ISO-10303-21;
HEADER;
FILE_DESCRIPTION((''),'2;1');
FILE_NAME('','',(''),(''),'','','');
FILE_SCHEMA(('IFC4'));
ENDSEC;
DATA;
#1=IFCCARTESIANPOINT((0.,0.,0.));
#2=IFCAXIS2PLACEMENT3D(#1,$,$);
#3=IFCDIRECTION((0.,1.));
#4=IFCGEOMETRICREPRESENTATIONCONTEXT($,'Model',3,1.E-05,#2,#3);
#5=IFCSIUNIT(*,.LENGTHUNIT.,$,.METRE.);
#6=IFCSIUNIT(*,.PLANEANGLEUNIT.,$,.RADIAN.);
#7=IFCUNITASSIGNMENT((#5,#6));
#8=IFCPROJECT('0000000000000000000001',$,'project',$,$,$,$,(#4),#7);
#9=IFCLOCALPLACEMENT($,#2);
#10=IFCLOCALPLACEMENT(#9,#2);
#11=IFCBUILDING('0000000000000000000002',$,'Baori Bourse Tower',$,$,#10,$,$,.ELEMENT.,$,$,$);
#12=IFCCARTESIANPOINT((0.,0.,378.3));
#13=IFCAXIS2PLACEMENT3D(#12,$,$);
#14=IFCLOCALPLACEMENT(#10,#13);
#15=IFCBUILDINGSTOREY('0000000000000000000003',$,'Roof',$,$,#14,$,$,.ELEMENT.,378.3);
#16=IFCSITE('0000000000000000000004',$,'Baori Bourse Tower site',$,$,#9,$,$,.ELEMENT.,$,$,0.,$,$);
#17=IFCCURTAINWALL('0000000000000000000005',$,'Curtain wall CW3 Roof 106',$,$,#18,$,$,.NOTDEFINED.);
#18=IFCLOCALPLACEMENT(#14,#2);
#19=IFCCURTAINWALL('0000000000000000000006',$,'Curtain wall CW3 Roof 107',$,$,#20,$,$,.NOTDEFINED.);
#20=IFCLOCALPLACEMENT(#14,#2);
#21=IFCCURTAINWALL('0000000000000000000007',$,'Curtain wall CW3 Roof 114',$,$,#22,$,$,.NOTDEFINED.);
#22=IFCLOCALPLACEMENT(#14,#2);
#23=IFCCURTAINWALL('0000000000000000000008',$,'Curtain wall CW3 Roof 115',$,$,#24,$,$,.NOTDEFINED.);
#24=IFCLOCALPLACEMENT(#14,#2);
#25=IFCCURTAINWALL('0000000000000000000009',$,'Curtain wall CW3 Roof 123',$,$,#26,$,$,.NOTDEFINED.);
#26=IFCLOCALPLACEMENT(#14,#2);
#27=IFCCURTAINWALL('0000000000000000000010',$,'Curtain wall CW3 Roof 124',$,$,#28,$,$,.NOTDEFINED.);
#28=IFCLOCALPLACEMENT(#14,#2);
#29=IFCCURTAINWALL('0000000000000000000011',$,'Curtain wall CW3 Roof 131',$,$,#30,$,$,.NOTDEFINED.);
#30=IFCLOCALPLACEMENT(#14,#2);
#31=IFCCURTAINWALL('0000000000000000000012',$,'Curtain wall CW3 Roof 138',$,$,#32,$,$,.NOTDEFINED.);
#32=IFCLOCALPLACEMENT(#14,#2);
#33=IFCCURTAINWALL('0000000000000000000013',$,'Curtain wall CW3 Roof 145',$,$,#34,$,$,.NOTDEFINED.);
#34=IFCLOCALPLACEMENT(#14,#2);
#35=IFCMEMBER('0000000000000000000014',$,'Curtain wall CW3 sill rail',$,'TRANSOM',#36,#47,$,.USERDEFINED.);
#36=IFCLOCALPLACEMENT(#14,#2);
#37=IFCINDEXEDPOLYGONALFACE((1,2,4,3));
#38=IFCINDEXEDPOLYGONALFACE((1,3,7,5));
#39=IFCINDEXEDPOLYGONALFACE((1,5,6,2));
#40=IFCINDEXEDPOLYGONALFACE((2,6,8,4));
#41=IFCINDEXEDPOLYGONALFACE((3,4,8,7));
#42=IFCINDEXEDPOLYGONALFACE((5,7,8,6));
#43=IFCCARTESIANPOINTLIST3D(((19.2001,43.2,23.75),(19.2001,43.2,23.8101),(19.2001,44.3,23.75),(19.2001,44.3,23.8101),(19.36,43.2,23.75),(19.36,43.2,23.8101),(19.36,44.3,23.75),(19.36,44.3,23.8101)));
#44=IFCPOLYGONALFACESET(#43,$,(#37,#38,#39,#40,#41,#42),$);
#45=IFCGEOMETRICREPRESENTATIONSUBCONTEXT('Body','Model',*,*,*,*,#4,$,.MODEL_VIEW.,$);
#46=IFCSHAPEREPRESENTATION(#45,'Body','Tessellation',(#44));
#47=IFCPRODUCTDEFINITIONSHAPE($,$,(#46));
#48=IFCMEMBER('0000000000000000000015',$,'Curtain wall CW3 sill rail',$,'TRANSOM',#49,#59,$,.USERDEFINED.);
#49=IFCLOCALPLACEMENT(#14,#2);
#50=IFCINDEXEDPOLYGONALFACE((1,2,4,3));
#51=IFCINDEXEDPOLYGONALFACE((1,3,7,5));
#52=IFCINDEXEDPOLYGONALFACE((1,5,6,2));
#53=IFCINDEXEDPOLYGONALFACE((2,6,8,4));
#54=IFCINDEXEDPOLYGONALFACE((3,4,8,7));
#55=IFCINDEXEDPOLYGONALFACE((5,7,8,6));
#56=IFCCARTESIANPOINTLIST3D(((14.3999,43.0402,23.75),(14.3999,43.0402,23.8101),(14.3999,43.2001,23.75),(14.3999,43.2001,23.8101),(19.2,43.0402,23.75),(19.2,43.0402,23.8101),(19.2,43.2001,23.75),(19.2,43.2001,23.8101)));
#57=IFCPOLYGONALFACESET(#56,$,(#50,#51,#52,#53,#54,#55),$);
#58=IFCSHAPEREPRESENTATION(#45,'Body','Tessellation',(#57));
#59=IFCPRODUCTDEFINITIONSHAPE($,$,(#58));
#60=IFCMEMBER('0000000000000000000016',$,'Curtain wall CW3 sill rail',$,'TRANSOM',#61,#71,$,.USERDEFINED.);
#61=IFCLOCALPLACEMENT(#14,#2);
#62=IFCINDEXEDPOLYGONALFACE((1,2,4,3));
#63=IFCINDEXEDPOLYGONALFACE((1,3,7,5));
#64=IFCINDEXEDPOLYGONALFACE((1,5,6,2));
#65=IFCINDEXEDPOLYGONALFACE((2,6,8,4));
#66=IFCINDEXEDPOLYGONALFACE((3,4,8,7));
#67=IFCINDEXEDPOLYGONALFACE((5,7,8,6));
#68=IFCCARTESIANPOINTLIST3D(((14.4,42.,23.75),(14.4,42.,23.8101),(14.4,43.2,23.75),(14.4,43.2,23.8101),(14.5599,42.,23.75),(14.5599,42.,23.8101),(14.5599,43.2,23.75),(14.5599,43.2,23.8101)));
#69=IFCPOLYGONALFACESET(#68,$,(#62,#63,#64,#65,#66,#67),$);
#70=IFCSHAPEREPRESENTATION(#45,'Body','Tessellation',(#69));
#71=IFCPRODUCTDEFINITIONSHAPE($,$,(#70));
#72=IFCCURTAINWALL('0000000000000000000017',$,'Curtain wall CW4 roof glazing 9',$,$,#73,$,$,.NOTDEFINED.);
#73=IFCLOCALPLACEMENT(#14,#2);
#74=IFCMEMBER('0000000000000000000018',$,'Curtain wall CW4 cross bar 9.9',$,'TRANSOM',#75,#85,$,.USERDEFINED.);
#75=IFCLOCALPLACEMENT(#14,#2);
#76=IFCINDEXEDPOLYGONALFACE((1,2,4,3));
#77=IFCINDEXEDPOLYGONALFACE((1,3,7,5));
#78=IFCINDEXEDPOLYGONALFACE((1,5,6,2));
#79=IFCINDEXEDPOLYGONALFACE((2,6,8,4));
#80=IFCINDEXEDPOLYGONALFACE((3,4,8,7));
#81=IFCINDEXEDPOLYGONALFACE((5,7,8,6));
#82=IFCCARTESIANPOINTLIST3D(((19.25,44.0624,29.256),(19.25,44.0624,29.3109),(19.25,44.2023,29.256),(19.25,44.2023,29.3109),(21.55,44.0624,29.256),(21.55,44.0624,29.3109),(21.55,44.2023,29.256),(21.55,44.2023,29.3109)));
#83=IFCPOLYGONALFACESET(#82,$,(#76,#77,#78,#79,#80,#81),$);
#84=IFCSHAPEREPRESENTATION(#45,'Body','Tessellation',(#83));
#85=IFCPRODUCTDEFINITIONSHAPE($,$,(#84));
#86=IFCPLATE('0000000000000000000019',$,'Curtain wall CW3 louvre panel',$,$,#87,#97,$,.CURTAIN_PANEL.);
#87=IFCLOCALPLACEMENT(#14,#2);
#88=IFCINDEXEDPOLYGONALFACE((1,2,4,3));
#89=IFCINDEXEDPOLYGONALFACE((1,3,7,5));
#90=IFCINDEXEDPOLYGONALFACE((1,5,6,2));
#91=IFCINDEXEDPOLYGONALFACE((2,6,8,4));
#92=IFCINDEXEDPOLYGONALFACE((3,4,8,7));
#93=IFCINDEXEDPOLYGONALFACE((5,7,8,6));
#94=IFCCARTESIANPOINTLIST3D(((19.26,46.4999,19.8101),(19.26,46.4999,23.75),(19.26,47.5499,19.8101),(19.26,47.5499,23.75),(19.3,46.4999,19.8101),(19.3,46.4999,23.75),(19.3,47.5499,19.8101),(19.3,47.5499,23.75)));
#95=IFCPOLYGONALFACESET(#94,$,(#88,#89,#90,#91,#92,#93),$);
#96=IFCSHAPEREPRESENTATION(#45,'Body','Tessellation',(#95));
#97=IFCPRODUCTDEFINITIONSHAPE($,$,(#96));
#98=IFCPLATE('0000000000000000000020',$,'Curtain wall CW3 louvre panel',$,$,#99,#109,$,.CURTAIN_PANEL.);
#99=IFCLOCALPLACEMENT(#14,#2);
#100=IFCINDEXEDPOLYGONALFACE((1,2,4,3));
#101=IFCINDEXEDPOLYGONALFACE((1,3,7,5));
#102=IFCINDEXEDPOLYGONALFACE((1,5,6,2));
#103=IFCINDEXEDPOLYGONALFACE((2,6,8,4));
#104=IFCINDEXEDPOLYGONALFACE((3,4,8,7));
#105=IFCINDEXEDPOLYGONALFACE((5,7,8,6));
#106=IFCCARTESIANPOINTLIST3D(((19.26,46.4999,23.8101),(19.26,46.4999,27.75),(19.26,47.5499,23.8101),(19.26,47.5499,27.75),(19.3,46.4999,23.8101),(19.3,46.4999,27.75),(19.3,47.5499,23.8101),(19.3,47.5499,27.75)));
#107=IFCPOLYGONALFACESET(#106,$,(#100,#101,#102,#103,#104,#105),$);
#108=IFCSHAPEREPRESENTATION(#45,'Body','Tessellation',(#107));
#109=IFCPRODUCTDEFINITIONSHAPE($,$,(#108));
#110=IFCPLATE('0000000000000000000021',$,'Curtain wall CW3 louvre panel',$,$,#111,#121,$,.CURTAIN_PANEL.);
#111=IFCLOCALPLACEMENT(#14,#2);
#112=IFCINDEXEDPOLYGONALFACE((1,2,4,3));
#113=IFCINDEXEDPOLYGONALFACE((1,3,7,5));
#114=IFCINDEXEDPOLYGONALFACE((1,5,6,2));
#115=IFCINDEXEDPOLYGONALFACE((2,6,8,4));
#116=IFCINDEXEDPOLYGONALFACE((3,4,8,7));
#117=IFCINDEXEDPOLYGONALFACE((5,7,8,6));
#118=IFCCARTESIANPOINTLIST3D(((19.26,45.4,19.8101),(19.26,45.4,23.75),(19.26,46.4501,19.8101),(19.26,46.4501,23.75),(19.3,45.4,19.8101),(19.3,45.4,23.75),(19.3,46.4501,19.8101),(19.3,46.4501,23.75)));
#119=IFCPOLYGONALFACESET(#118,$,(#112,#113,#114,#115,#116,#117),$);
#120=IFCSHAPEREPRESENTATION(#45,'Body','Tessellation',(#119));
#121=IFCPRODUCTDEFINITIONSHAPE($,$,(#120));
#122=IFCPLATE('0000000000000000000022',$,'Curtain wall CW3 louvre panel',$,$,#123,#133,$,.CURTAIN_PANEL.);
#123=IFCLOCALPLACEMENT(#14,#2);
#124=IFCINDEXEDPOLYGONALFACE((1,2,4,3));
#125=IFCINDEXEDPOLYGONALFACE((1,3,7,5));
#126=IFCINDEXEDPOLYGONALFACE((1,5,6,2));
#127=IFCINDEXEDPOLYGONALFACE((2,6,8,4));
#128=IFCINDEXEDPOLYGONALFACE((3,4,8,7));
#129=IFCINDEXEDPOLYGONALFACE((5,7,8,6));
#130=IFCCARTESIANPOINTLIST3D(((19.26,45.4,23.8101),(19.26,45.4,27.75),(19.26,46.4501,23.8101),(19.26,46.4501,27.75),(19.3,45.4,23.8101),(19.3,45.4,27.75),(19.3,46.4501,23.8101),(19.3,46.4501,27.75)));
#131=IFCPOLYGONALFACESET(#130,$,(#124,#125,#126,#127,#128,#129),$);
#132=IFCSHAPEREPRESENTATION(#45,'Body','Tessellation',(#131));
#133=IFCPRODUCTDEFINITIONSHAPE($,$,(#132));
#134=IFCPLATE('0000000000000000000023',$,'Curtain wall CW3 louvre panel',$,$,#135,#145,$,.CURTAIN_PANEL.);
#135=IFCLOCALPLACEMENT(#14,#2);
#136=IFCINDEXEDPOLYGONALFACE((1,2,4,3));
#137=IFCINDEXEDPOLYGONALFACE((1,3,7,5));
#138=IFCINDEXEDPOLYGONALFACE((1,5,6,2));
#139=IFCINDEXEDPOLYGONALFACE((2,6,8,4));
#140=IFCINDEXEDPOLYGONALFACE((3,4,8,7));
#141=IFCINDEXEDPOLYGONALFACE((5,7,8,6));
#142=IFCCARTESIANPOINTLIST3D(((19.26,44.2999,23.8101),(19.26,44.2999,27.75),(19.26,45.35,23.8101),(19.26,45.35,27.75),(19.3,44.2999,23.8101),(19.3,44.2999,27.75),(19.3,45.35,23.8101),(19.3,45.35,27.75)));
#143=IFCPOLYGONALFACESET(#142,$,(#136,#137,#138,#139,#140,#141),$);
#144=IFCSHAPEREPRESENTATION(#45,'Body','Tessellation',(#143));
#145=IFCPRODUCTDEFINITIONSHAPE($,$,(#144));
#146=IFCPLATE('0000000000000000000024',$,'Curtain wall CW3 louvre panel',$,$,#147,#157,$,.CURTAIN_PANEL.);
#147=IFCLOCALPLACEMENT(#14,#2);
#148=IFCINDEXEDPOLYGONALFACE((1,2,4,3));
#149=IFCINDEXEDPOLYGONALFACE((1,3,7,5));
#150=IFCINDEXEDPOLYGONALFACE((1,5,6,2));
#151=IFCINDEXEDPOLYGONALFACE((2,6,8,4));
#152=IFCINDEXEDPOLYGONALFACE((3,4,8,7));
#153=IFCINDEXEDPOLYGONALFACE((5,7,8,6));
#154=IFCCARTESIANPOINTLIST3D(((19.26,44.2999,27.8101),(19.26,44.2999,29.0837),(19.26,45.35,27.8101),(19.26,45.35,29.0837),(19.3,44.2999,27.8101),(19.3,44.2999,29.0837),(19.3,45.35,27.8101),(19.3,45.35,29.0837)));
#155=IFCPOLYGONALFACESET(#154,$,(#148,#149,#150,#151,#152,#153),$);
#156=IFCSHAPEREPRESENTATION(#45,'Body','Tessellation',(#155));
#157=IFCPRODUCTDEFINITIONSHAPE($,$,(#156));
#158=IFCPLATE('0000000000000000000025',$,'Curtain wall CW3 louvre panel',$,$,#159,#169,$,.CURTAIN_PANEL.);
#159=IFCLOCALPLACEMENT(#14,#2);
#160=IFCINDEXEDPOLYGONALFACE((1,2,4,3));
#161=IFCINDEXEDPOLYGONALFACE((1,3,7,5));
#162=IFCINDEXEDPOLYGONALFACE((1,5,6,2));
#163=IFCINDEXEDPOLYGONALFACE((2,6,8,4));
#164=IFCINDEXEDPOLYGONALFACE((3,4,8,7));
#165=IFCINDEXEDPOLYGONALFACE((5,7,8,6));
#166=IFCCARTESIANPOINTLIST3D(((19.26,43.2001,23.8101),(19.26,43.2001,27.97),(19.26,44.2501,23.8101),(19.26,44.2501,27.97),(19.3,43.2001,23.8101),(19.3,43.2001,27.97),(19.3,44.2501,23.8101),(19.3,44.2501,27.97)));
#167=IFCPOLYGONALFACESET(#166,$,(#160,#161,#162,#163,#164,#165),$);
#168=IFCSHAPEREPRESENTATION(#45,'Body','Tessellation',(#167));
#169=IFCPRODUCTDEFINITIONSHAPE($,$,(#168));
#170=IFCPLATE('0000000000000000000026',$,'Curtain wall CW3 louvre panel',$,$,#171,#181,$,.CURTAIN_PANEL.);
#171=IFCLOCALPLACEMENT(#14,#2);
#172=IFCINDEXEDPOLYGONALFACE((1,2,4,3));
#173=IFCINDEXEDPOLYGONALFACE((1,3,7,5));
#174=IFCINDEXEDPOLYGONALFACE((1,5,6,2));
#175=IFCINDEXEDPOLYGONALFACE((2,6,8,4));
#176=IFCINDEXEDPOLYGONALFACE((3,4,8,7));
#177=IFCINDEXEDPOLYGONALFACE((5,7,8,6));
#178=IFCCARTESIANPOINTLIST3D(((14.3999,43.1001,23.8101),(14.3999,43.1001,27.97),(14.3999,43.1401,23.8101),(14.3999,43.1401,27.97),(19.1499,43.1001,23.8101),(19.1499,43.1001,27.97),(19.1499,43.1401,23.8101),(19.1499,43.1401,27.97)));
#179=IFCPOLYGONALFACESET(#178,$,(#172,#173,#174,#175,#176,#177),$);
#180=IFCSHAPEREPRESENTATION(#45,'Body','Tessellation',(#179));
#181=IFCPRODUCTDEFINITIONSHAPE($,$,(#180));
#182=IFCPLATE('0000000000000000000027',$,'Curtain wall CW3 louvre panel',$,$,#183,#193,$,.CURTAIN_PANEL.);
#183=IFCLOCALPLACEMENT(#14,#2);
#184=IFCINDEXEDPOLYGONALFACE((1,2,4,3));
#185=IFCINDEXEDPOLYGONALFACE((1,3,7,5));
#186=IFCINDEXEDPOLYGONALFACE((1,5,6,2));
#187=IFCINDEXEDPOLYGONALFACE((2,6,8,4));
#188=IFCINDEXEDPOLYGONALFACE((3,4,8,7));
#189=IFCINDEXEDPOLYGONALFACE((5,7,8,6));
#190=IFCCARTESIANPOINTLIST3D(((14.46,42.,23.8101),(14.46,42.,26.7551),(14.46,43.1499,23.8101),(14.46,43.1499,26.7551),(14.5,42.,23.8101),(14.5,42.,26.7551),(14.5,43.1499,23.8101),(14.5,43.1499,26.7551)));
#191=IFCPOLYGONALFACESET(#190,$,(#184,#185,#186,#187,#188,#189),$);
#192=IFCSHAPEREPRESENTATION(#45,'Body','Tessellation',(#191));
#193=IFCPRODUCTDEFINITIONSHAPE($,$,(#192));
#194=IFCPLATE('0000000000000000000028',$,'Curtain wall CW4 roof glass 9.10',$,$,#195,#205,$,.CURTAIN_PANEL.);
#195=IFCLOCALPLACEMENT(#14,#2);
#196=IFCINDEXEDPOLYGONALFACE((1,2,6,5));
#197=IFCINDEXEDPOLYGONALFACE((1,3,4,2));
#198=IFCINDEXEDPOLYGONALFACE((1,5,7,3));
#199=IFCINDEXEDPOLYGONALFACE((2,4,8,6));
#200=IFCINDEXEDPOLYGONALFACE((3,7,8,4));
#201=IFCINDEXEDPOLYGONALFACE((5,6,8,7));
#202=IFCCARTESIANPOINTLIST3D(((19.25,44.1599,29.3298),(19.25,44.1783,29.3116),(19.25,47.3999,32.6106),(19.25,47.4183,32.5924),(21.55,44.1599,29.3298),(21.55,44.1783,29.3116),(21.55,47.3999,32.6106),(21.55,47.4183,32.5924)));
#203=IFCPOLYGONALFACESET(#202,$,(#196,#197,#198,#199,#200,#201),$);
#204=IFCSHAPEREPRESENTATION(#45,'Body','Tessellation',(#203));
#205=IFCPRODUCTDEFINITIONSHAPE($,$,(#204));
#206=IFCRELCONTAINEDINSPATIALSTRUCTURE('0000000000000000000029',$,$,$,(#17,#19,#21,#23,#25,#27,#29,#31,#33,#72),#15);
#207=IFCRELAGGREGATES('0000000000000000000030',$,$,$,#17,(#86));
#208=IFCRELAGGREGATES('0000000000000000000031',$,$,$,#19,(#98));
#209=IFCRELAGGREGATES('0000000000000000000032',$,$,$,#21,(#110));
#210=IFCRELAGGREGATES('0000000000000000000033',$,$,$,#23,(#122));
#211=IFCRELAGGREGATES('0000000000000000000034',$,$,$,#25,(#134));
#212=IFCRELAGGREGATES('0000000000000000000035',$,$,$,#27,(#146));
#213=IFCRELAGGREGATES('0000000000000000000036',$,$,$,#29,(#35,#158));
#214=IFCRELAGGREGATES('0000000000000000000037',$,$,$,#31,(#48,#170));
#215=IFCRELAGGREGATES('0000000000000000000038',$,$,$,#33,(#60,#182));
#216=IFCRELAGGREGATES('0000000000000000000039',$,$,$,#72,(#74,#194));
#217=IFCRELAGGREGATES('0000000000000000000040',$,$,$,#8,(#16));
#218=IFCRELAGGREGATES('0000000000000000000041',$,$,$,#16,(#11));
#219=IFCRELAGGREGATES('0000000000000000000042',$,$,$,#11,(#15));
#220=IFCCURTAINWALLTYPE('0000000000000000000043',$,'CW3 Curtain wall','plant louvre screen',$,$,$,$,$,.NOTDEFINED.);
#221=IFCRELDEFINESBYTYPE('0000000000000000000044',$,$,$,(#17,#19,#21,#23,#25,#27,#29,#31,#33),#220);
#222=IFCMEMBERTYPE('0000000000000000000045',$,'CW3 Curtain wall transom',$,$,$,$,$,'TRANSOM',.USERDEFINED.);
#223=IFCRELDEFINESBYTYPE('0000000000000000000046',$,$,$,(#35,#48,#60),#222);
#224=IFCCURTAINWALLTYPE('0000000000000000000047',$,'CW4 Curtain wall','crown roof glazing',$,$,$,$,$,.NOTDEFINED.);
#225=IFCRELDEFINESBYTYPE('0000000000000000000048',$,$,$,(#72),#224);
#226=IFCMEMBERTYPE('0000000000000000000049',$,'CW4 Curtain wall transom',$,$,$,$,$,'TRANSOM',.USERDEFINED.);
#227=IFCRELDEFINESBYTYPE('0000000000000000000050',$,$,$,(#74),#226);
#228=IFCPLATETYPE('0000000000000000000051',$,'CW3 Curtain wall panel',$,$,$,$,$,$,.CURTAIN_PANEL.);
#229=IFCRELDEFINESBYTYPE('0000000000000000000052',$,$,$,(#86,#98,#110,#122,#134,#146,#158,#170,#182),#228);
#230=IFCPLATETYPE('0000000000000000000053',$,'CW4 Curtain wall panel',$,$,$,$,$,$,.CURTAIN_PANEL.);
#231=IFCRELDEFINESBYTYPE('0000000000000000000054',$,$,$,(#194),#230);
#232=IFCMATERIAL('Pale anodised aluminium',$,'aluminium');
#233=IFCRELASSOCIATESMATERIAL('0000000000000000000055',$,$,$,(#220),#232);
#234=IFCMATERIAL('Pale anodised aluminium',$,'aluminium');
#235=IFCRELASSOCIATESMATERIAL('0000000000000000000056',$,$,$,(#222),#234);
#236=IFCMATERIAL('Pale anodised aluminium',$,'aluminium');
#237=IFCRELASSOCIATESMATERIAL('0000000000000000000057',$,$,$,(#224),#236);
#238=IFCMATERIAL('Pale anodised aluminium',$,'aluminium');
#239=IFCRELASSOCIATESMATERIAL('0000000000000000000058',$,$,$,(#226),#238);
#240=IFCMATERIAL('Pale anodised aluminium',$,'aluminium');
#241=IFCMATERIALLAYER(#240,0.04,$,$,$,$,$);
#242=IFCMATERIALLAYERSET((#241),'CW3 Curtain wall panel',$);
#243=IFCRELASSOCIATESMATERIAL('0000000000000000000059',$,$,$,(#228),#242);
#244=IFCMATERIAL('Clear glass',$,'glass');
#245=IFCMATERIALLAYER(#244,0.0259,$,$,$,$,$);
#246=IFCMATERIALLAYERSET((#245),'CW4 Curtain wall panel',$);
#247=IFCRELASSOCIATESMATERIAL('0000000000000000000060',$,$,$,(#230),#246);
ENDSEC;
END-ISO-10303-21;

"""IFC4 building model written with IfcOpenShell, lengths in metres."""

from ifc_helpers import new_model, si_unit, direction, frame, origin, origin_2d, place, context, subcontext, project, spatial, polyline, rectangle, outline, extrude, material, layer, layer_set, material_profile, profile_set, type_object, element, aggregate, save


model = new_model("IFC4")

# Units and contexts
model_context = context("Model", 3, precision=1e-05, world=origin(), true_north=direction((0.0, 1.0)))
body_context = subcontext(model_context, "Body", "Model", "MODEL_VIEW")
ifc_project = project(units=[si_unit("LENGTHUNIT", "METRE"), si_unit("PLANEANGLEUNIT", "RADIAN")], contexts=[model_context])

# Site, building, storey
site_placement = place(None, origin())
site = spatial("IfcSite", under=ifc_project, at=site_placement, Name="Baori Bourse Tower site", CompositionType="ELEMENT", RefElevation=0.0)
building_placement = place(site_placement, origin())
building = spatial("IfcBuilding", under=site, at=building_placement, Name="Baori Bourse Tower", CompositionType="ELEMENT")
storey_placement = place(building_placement, frame((0.0, 0.0, 378.3)))
storey = spatial("IfcBuildingStorey", under=building, at=storey_placement, Name="Roof", CompositionType="ELEMENT", Elevation=378.3)

# Curtain walls
ifc_material_1 = material(Name="Pale anodised aluminium", Category="aluminium")
curtain_wall_type_1 = type_object("IfcCurtainWallType", Name="CW3 Curtain wall", Description="plant louvre screen", PredefinedType="NOTDEFINED", material=ifc_material_1)
curtain_wall_1_placement = place(storey_placement, origin())
curtain_wall_1 = element("IfcCurtainWall", 1, at=curtain_wall_1_placement, inside=storey, type_object=curtain_wall_type_1, Name="Curtain wall CW3 Roof 106", PredefinedType="NOTDEFINED")
curtain_wall_2_placement = place(storey_placement, origin())
curtain_wall_2 = element("IfcCurtainWall", 2, at=curtain_wall_2_placement, inside=storey, type_object=curtain_wall_type_1, Name="Curtain wall CW3 Roof 107", PredefinedType="NOTDEFINED")
curtain_wall_3_placement = place(storey_placement, origin())
curtain_wall_3 = element("IfcCurtainWall", 3, at=curtain_wall_3_placement, inside=storey, type_object=curtain_wall_type_1, Name="Curtain wall CW3 Roof 114", PredefinedType="NOTDEFINED")
curtain_wall_4_placement = place(storey_placement, origin())
curtain_wall_4 = element("IfcCurtainWall", 4, at=curtain_wall_4_placement, inside=storey, type_object=curtain_wall_type_1, Name="Curtain wall CW3 Roof 115", PredefinedType="NOTDEFINED")
curtain_wall_5_placement = place(storey_placement, origin())
curtain_wall_5 = element("IfcCurtainWall", 5, at=curtain_wall_5_placement, inside=storey, type_object=curtain_wall_type_1, Name="Curtain wall CW3 Roof 123", PredefinedType="NOTDEFINED")
curtain_wall_6_placement = place(storey_placement, origin())
curtain_wall_6 = element("IfcCurtainWall", 6, at=curtain_wall_6_placement, inside=storey, type_object=curtain_wall_type_1, Name="Curtain wall CW3 Roof 124", PredefinedType="NOTDEFINED")
curtain_wall_7_placement = place(storey_placement, origin())
curtain_wall_7 = element("IfcCurtainWall", 7, at=curtain_wall_7_placement, inside=storey, type_object=curtain_wall_type_1, Name="Curtain wall CW3 Roof 131", PredefinedType="NOTDEFINED")
curtain_wall_8_placement = place(storey_placement, origin())
curtain_wall_8 = element("IfcCurtainWall", 8, at=curtain_wall_8_placement, inside=storey, type_object=curtain_wall_type_1, Name="Curtain wall CW3 Roof 138", PredefinedType="NOTDEFINED")
curtain_wall_9_placement = place(storey_placement, origin())
curtain_wall_9 = element("IfcCurtainWall", 9, at=curtain_wall_9_placement, inside=storey, type_object=curtain_wall_type_1, Name="Curtain wall CW3 Roof 145", PredefinedType="NOTDEFINED")

# Shared definitions
ifc_material_2 = material(Name="Pale anodised aluminium", Category="aluminium")
ifc_material_profile_1 = material_profile(ifc_material_2, rectangle(XDim=0.1599, YDim=0.0601, at=origin_2d()), Name="Transom 60x160")
ifc_profile_set_1 = profile_set([ifc_material_profile_1], Name="Pale anodised aluminium")
member_type_1 = type_object("IfcMemberType", Name="CW3 Curtain wall transom", ElementType="TRANSOM", PredefinedType="USERDEFINED", material=ifc_profile_set_1)

# Members
member_1_placement = place(storey_placement, frame((19.28, 44.3, 23.78), z_axis=(0.0, -1.0, 0.0), x_axis=(1.0, 0.0, 0.0)))
member_1 = element("IfcMember", 10, at=member_1_placement, type_object=member_type_1, Name="Curtain wall CW3 sill rail", ObjectType="TRANSOM", PredefinedType="USERDEFINED", context=body_context, shape_type="SweptSolid", body=[
    extrude(rectangle(XDim=0.1599, YDim=0.0601, at=origin_2d()), origin(), (0.0, 0.0, 1.0), 1.1001),
])
member_2_placement = place(storey_placement, frame((19.2, 43.1201, 23.78), z_axis=(-1.0, 0.0, 0.0), x_axis=(0.0, -1.0, 0.0)))
member_2 = element("IfcMember", 11, at=member_2_placement, type_object=member_type_1, Name="Curtain wall CW3 sill rail", ObjectType="TRANSOM", PredefinedType="USERDEFINED", context=body_context, shape_type="SweptSolid", body=[
    extrude(rectangle(XDim=0.1599, YDim=0.0601, at=origin_2d()), origin(), (0.0, 0.0, 1.0), 4.8),
])
member_3_placement = place(storey_placement, frame((14.48, 43.2, 23.78), z_axis=(0.0, -1.0, 0.0), x_axis=(1.0, 0.0, 0.0)))
member_3 = element("IfcMember", 12, at=member_3_placement, type_object=member_type_1, Name="Curtain wall CW3 sill rail", ObjectType="TRANSOM", PredefinedType="USERDEFINED", context=body_context, shape_type="SweptSolid", body=[
    extrude(rectangle(XDim=0.1599, YDim=0.0601, at=origin_2d()), origin(), (0.0, 0.0, 1.0), 1.2),
])

# Curtain wall, member
ifc_material_3 = material(Name="Pale anodised aluminium", Category="aluminium")
curtain_wall_type_2 = type_object("IfcCurtainWallType", Name="CW4 Curtain wall", Description="crown roof glazing", PredefinedType="NOTDEFINED", material=ifc_material_3)
curtain_wall_10_placement = place(storey_placement, origin())
curtain_wall_10 = element("IfcCurtainWall", 13, at=curtain_wall_10_placement, inside=storey, type_object=curtain_wall_type_2, Name="Curtain wall CW4 roof glazing 9", PredefinedType="NOTDEFINED")
ifc_material_4 = material(Name="Pale anodised aluminium", Category="aluminium")
ifc_material_profile_2 = material_profile(ifc_material_4, rectangle(XDim=0.1399, YDim=0.0549, at=origin_2d()), Name="Transom 55x140")
ifc_profile_set_2 = profile_set([ifc_material_profile_2], Name="Pale anodised aluminium")
member_type_2 = type_object("IfcMemberType", Name="CW4 Curtain wall transom", ElementType="TRANSOM", PredefinedType="USERDEFINED", material=ifc_profile_set_2)
member_4_placement = place(storey_placement, frame((19.25, 44.1323, 29.2834), z_axis=(1.0, 0.0, 0.0), x_axis=(0.0, 1.0, 0.0)))
member_4 = element("IfcMember", 14, at=member_4_placement, type_object=member_type_2, Name="Curtain wall CW4 cross bar 9.9", ObjectType="TRANSOM", PredefinedType="USERDEFINED", context=body_context, shape_type="SweptSolid", body=[
    extrude(rectangle(XDim=0.1399, YDim=0.0549, at=origin_2d()), origin(), (0.0, 0.0, 1.0), 2.3),
])

# Plates
ifc_material_5 = material(Name="Pale anodised aluminium", Category="aluminium")
ifc_layer_1 = layer(ifc_material_5, 0.04)
ifc_layer_set_1 = layer_set([ifc_layer_1], Name="CW3 Curtain wall panel")
plate_type_1 = type_object("IfcPlateType", Name="CW3 Curtain wall panel", PredefinedType="CURTAIN_PANEL", material=ifc_layer_set_1)
plate_1_placement = place(storey_placement, frame((19.28, 47.0249, 19.8101), z_axis=(0.0, 0.0, 1.0), x_axis=(0.0, -1.0, 0.0)))
plate_1 = element("IfcPlate", 15, at=plate_1_placement, type_object=plate_type_1, Name="Curtain wall CW3 louvre panel", PredefinedType="CURTAIN_PANEL", context=body_context, shape_type="SweptSolid", body=[
    extrude(rectangle(XDim=1.05, YDim=0.04, at=origin_2d()), origin(), (0.0, 0.0, 1.0), 3.9399),
])
aggregate(curtain_wall_1, [plate_1])
plate_2_placement = place(storey_placement, frame((19.28, 47.0249, 23.8101), z_axis=(0.0, 0.0, 1.0), x_axis=(0.0, -1.0, 0.0)))
plate_2 = element("IfcPlate", 16, at=plate_2_placement, type_object=plate_type_1, Name="Curtain wall CW3 louvre panel", PredefinedType="CURTAIN_PANEL", context=body_context, shape_type="SweptSolid", body=[
    extrude(rectangle(XDim=1.05, YDim=0.04, at=origin_2d()), origin(), (0.0, 0.0, 1.0), 3.9399),
])
aggregate(curtain_wall_2, [plate_2])
plate_3_placement = place(storey_placement, frame((19.28, 45.925, 19.8101), z_axis=(0.0, 0.0, 1.0), x_axis=(0.0, -1.0, 0.0)))
plate_3 = element("IfcPlate", 17, at=plate_3_placement, type_object=plate_type_1, Name="Curtain wall CW3 louvre panel", PredefinedType="CURTAIN_PANEL", context=body_context, shape_type="SweptSolid", body=[
    extrude(rectangle(XDim=1.05, YDim=0.04, at=origin_2d()), origin(), (0.0, 0.0, 1.0), 3.9399),
])
aggregate(curtain_wall_3, [plate_3])
plate_4_placement = place(storey_placement, frame((19.28, 45.925, 23.8101), z_axis=(0.0, 0.0, 1.0), x_axis=(0.0, -1.0, 0.0)))
plate_4 = element("IfcPlate", 18, at=plate_4_placement, type_object=plate_type_1, Name="Curtain wall CW3 louvre panel", PredefinedType="CURTAIN_PANEL", context=body_context, shape_type="SweptSolid", body=[
    extrude(rectangle(XDim=1.05, YDim=0.04, at=origin_2d()), origin(), (0.0, 0.0, 1.0), 3.9399),
])
aggregate(curtain_wall_4, [plate_4])
plate_5_placement = place(storey_placement, frame((19.28, 44.825, 23.8101), z_axis=(0.0, 0.0, 1.0), x_axis=(0.0, -1.0, 0.0)))
plate_5 = element("IfcPlate", 19, at=plate_5_placement, type_object=plate_type_1, Name="Curtain wall CW3 louvre panel", PredefinedType="CURTAIN_PANEL", context=body_context, shape_type="SweptSolid", body=[
    extrude(rectangle(XDim=1.05, YDim=0.04, at=origin_2d()), origin(), (0.0, 0.0, 1.0), 3.9399),
])
aggregate(curtain_wall_5, [plate_5])
plate_6_placement = place(storey_placement, frame((19.28, 44.825, 27.8101), z_axis=(0.0, 0.0, 1.0), x_axis=(0.0, -1.0, 0.0)))
plate_6 = element("IfcPlate", 20, at=plate_6_placement, type_object=plate_type_1, Name="Curtain wall CW3 louvre panel", PredefinedType="CURTAIN_PANEL", context=body_context, shape_type="SweptSolid", body=[
    extrude(rectangle(XDim=1.05, YDim=0.04, at=origin_2d()), origin(), (0.0, 0.0, 1.0), 1.2737),
])
aggregate(curtain_wall_6, [plate_6])
plate_7_placement = place(storey_placement, frame((19.28, 43.7251, 23.8101), z_axis=(0.0, 0.0, 1.0), x_axis=(0.0, -1.0, 0.0)))
plate_7 = element("IfcPlate", 21, at=plate_7_placement, type_object=plate_type_1, Name="Curtain wall CW3 louvre panel", PredefinedType="CURTAIN_PANEL", context=body_context, shape_type="SweptSolid", body=[
    extrude(rectangle(XDim=1.05, YDim=0.04, at=origin_2d()), origin(), (0.0, 0.0, 1.0), 4.1599),
])
aggregate(curtain_wall_7, [member_1, plate_7])
plate_8_placement = place(storey_placement, frame((16.7749, 43.1201, 23.8101), z_axis=(0.0, 0.0, 1.0), x_axis=(-1.0, 0.0, 0.0)))
plate_8 = element("IfcPlate", 22, at=plate_8_placement, type_object=plate_type_1, Name="Curtain wall CW3 louvre panel", PredefinedType="CURTAIN_PANEL", context=body_context, shape_type="SweptSolid", body=[
    extrude(rectangle(XDim=4.75, YDim=0.04, at=origin_2d()), origin(), (0.0, 0.0, 1.0), 4.1599),
])
aggregate(curtain_wall_8, [member_2, plate_8])
plate_9_placement = place(storey_placement, frame((14.48, 42.575, 23.8101), z_axis=(0.0, 0.0, 1.0), x_axis=(0.0, -1.0, 0.0)))
plate_9 = element("IfcPlate", 23, at=plate_9_placement, type_object=plate_type_1, Name="Curtain wall CW3 louvre panel", PredefinedType="CURTAIN_PANEL", context=body_context, shape_type="SweptSolid", body=[
    extrude(rectangle(XDim=1.1499, YDim=0.04, at=origin_2d()), origin(), (0.0, 0.0, 1.0), 2.9451),
])
aggregate(curtain_wall_9, [member_3, plate_9])
ifc_material_6 = material(Name="Clear glass", Category="glass")
ifc_layer_2 = layer(ifc_material_6, 0.0259)
ifc_layer_set_2 = layer_set([ifc_layer_2], Name="CW4 Curtain wall panel")
plate_type_2 = type_object("IfcPlateType", Name="CW4 Curtain wall panel", PredefinedType="CURTAIN_PANEL", material=ifc_layer_set_2)
plate_10_placement = place(storey_placement, frame((19.25, 44.1599, 29.3298), z_axis=(0.0, -0.711514, 0.702672), x_axis=(1.0, 0.0, 0.0)))
plate_10 = element("IfcPlate", 24, at=plate_10_placement, type_object=plate_type_2, Name="Curtain wall CW4 roof glass 9.10", PredefinedType="CURTAIN_PANEL", context=body_context, shape_type="SweptSolid", body=[
    extrude(outline(polyline([(0.0, 0.0), (2.3, 0.0), (2.3, 4.611), (0.0, 4.611), (0.0, 0.0)])), origin(), (0.0, 0.0, -1.0), 0.0259),
])
aggregate(curtain_wall_10, [member_4, plate_10])

save(model, "model.ifc")
